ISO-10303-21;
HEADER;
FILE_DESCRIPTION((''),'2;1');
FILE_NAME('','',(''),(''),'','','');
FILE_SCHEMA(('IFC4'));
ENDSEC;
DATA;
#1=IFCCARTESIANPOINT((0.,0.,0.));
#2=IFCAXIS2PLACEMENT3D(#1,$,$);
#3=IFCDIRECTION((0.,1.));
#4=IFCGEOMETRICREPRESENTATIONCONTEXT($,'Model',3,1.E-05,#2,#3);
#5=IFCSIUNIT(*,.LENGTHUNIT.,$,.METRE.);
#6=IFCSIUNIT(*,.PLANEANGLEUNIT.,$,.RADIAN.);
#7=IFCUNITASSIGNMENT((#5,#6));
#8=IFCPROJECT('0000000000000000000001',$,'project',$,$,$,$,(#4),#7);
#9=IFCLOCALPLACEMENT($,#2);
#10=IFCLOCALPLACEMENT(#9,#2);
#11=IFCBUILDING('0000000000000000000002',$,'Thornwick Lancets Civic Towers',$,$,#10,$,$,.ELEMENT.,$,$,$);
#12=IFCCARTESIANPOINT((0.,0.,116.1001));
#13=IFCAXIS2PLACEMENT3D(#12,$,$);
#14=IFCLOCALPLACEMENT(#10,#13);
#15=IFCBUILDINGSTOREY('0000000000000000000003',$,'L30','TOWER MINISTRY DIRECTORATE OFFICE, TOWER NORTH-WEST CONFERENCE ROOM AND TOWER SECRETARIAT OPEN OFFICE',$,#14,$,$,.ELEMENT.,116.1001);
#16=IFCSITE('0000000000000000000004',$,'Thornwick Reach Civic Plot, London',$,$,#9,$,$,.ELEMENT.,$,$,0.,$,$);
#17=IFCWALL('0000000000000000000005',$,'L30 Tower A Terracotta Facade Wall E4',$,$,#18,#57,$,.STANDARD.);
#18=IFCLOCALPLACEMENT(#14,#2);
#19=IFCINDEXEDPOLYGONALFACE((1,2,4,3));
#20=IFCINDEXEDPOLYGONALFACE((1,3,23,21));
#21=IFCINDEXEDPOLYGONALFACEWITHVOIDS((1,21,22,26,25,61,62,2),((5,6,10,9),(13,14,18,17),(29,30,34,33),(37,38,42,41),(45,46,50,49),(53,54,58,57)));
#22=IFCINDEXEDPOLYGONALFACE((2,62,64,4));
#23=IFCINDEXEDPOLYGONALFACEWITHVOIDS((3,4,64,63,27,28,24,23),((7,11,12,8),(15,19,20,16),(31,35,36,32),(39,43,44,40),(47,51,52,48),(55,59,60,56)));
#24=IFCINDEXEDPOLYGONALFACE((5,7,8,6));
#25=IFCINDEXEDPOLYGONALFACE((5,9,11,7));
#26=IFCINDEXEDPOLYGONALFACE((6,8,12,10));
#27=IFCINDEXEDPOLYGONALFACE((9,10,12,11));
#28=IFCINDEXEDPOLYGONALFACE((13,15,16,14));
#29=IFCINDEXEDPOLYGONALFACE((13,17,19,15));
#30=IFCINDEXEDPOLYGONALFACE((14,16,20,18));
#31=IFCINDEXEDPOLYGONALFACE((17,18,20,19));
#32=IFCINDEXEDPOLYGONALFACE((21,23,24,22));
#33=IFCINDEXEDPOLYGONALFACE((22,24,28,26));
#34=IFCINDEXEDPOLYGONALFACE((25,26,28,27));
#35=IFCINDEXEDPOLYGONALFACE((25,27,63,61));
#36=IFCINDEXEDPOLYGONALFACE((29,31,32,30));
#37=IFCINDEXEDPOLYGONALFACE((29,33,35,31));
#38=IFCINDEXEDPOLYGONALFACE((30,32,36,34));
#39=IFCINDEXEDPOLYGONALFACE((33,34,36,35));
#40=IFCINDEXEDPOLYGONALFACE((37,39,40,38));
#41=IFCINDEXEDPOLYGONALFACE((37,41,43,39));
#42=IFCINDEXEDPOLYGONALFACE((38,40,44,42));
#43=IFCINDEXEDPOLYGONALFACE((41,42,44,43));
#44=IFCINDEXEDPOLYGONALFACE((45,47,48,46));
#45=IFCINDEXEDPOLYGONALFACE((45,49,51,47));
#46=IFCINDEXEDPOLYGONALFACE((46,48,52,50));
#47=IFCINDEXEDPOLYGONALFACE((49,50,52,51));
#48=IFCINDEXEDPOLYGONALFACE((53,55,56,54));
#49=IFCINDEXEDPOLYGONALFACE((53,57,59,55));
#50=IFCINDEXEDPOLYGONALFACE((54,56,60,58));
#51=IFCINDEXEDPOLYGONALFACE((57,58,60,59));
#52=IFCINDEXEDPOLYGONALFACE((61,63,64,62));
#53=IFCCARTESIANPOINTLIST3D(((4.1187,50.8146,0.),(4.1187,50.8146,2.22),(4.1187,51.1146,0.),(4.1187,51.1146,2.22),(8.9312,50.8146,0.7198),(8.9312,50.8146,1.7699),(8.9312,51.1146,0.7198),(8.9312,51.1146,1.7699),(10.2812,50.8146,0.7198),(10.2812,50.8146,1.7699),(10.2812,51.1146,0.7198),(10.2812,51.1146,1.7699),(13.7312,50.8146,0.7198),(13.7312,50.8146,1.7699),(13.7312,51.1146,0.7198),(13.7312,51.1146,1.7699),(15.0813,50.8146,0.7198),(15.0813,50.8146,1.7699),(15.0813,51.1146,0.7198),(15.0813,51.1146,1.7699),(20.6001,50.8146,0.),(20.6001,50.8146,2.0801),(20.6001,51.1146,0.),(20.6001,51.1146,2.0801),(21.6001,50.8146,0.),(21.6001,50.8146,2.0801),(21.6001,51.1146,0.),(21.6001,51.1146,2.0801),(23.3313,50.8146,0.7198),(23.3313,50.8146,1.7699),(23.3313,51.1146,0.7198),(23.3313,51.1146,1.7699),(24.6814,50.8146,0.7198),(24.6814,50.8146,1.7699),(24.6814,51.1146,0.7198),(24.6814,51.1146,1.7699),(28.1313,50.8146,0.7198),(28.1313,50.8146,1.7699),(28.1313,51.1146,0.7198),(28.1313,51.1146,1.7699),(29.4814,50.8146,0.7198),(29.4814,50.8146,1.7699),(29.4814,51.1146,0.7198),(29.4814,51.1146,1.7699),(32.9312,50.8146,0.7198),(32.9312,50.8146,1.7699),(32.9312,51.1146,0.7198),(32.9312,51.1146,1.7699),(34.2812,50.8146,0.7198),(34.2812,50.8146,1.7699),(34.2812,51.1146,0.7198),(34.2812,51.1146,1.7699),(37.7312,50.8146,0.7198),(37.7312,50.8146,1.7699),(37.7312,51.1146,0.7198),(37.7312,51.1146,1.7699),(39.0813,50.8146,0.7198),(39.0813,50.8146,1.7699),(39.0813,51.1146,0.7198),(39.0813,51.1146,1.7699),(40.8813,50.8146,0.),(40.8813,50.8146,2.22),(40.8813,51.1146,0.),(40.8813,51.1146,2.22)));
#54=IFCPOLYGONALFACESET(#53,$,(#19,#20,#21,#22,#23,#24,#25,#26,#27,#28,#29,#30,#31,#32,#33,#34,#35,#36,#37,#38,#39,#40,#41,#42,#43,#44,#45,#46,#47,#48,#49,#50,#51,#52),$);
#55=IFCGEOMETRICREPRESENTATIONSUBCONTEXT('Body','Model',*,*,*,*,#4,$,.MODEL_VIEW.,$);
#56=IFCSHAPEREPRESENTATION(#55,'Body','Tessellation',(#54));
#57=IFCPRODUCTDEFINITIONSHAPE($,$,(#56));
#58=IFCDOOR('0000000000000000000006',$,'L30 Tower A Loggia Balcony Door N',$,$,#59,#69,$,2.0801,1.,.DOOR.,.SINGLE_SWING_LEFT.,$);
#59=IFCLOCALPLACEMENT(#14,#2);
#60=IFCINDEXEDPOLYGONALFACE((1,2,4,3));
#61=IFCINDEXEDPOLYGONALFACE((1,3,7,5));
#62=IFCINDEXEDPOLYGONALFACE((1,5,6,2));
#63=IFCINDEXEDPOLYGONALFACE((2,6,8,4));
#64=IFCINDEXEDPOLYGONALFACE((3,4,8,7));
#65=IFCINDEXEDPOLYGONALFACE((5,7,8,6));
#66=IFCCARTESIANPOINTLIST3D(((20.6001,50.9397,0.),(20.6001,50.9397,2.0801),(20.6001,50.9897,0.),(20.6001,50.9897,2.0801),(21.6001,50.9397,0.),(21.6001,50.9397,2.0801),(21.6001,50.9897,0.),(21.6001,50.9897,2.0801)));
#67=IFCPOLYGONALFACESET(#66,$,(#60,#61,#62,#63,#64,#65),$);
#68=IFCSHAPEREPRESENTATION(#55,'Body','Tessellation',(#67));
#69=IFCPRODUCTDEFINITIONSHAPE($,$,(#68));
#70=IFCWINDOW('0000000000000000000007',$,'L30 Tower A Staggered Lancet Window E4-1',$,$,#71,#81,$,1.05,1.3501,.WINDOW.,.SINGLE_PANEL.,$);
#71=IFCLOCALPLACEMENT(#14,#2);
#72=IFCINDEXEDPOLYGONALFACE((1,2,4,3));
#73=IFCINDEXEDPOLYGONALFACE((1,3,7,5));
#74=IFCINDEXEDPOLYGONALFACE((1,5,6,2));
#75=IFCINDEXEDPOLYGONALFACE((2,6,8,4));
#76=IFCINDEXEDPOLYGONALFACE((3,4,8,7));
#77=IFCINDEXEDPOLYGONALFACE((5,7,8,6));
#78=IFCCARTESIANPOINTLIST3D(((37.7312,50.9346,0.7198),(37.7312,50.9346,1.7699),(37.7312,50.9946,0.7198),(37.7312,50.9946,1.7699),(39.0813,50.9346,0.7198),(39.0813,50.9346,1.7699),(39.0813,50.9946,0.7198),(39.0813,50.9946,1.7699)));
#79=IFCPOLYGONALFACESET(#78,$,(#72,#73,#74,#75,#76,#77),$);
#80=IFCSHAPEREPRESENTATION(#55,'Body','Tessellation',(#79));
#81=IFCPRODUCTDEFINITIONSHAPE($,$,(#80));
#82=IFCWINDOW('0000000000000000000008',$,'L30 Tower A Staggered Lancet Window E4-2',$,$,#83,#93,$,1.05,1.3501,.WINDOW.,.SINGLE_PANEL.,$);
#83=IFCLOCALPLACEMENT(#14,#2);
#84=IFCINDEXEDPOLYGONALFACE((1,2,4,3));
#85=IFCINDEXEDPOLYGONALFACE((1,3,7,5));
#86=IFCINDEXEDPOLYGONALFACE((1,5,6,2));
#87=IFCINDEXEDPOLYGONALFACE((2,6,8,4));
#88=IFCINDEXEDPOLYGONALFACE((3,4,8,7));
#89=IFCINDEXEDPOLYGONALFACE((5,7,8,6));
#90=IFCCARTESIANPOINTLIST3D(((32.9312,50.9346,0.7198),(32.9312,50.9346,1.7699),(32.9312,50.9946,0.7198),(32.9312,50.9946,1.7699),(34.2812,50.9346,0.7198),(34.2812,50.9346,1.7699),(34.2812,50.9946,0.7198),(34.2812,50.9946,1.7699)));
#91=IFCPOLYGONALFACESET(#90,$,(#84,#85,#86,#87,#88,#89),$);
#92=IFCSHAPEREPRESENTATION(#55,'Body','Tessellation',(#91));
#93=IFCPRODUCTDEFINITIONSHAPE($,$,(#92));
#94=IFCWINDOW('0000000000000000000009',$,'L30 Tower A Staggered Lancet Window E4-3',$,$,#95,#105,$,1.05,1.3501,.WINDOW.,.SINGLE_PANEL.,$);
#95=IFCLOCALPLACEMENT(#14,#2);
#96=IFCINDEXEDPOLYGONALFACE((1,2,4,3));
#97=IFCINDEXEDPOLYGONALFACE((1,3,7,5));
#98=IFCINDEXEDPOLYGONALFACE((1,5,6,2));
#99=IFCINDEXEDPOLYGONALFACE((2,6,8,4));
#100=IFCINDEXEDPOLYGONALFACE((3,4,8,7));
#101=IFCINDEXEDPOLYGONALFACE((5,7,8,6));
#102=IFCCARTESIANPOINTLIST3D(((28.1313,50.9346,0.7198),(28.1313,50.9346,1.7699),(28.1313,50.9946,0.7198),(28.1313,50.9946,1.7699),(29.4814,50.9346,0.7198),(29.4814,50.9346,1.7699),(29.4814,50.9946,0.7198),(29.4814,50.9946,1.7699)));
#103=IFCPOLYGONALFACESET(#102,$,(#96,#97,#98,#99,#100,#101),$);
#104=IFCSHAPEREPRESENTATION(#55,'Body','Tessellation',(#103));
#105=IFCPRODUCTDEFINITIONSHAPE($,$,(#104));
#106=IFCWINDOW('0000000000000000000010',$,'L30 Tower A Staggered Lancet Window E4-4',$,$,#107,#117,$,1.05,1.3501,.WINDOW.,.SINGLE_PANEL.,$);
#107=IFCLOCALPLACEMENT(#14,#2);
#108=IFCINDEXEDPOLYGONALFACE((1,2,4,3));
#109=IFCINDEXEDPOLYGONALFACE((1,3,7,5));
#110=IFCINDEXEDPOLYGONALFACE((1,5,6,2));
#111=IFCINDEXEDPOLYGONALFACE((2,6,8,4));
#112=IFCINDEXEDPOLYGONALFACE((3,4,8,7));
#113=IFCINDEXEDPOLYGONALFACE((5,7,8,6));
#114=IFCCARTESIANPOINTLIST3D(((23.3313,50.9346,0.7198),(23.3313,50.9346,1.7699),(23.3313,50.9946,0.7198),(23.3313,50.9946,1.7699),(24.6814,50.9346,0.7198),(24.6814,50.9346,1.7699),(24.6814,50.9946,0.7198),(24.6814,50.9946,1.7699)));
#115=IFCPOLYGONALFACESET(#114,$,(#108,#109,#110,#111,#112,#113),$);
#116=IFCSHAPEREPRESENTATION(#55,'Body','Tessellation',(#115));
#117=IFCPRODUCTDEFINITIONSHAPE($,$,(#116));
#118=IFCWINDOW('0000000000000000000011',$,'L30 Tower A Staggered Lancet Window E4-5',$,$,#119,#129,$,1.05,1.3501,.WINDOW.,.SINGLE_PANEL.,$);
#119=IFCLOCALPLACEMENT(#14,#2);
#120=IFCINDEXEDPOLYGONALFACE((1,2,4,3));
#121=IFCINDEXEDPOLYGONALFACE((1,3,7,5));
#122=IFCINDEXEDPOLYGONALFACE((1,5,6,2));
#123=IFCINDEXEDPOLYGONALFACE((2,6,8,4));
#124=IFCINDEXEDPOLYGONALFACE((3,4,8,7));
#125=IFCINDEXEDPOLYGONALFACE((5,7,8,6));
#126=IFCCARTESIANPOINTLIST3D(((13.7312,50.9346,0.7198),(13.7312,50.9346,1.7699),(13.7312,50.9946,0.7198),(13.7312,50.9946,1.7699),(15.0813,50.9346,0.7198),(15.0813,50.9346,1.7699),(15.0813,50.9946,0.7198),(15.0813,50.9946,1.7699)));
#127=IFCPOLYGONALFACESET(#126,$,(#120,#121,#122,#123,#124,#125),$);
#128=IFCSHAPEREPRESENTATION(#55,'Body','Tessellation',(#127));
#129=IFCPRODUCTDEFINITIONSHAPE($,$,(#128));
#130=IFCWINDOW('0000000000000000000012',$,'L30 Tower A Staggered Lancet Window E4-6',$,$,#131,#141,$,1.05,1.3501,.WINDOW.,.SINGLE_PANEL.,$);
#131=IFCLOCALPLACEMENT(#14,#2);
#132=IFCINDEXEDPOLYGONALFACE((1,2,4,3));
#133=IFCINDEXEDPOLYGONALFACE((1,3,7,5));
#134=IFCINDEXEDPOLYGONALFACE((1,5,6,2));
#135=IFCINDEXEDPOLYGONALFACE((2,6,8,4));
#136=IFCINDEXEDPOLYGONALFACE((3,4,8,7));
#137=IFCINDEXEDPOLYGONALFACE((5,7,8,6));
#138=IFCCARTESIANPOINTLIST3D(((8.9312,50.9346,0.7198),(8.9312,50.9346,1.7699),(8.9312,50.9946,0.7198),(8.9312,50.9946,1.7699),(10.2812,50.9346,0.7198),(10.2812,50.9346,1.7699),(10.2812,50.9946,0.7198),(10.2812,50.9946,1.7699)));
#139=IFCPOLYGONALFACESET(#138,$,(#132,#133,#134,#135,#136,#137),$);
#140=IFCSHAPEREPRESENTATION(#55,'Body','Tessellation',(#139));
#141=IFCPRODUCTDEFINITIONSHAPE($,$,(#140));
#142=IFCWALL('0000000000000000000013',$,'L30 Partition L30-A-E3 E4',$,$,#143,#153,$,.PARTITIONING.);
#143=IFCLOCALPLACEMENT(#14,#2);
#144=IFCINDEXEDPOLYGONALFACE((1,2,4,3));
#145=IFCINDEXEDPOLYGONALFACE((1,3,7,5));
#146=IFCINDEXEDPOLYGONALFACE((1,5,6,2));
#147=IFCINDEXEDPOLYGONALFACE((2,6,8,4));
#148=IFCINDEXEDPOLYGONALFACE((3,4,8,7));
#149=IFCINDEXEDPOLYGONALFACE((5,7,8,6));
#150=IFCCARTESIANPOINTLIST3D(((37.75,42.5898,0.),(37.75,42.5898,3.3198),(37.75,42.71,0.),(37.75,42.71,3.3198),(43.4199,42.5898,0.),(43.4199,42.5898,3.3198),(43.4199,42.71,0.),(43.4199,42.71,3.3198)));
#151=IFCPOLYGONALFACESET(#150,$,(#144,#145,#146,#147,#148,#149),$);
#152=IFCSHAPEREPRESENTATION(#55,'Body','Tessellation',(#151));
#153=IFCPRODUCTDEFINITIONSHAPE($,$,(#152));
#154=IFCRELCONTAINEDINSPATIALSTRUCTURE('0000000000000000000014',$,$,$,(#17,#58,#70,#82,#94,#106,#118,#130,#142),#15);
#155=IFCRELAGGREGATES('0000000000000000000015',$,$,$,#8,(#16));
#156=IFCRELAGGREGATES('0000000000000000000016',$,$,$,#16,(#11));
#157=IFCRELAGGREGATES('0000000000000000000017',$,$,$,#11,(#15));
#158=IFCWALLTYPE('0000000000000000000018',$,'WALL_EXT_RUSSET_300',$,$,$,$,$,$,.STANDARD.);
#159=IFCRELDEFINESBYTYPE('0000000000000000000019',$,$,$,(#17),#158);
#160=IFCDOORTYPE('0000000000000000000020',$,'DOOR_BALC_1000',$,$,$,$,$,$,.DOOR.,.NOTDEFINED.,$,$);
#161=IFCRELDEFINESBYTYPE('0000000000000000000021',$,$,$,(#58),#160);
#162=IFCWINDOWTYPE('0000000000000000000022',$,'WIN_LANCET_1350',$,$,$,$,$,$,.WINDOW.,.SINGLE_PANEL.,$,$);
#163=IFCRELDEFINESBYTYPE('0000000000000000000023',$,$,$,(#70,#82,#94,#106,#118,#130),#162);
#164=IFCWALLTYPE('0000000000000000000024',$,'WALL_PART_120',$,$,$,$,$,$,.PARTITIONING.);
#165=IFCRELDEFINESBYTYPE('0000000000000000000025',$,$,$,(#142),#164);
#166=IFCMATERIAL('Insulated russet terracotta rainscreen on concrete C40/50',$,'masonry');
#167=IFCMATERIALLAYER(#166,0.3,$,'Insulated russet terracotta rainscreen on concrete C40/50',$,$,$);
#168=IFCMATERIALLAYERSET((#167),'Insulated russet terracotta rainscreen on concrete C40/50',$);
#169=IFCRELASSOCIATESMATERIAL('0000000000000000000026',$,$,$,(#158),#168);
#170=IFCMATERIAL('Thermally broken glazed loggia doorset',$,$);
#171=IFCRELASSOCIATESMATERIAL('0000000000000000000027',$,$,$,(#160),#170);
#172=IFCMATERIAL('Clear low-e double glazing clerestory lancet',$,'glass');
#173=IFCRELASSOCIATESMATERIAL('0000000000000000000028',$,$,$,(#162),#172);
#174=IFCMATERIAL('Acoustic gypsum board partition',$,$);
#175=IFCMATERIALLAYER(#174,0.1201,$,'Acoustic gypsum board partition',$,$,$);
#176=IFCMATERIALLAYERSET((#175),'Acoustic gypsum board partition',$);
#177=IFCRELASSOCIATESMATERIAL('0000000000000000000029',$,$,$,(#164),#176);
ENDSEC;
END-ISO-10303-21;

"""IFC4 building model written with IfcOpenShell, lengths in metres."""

from ifc_helpers import new_model, si_unit, direction, frame, frame_2d, origin, place, context, subcontext, project, spatial, rectangle, extrude, material, layer, layer_set, type_object, element, fill, save


model = new_model("IFC4")

# Units and contexts
model_context = context("Model", 3, precision=1e-05, world=origin(), true_north=direction((0.0, 1.0)))
body_context = subcontext(model_context, "Body", "Model", "MODEL_VIEW")
ifc_project = project(units=[si_unit("LENGTHUNIT", "METRE"), si_unit("PLANEANGLEUNIT", "RADIAN")], contexts=[model_context])

# Site, building, storey
site_placement = place(None, origin())
site = spatial("IfcSite", under=ifc_project, at=site_placement, Name="Thornwick Reach Civic Plot, London", CompositionType="ELEMENT", RefElevation=0.0)
building_placement = place(site_placement, origin())
building = spatial("IfcBuilding", under=site, at=building_placement, Name="Thornwick Lancets Civic Towers", CompositionType="ELEMENT")
storey_placement = place(building_placement, frame((0.0, 0.0, 116.1001)))
storey = spatial("IfcBuildingStorey", under=building, at=storey_placement, Name="L30", Description="TOWER MINISTRY DIRECTORATE OFFICE, TOWER NORTH-WEST CONFERENCE ROOM AND TOWER SECRETARIAT OPEN OFFICE", CompositionType="ELEMENT", Elevation=116.1001)

# Wall, openings, door, windows
ifc_material_1 = material(Name="Insulated russet terracotta rainscreen on concrete C40/50", Category="masonry")
ifc_layer_1 = layer(ifc_material_1, 0.3, Name="Insulated russet terracotta rainscreen on concrete C40/50")
ifc_layer_set_1 = layer_set([ifc_layer_1], Name="Insulated russet terracotta rainscreen on concrete C40/50")
wall_type_1 = type_object("IfcWallType", Name="WALL_EXT_RUSSET_300", PredefinedType="STANDARD", material=ifc_layer_set_1)
wall_1_placement = place(storey_placement, frame((40.8813, 50.9646, 0.0), z_axis=(0.0, 0.0, 1.0), x_axis=(-1.0, 0.0, 0.0)))
wall_1 = element("IfcWall", 1, at=wall_1_placement, inside=storey, type_object=wall_type_1, Name="L30 Tower A Terracotta Facade Wall E4", PredefinedType="STANDARD", context=body_context, shape_type="SweptSolid", body=[
    extrude(rectangle(XDim=36.7627, YDim=0.3, at=frame_2d((18.3813, 0.0))), origin(), (0.0, 0.0, 1.0), 2.22),
])
opening_1_placement = place(wall_1_placement, frame((19.2812, 0.0, 0.0)))
opening_1 = element("IfcOpeningElement", 2, at=opening_1_placement, cuts=wall_1, PredefinedType="OPENING", context=body_context, shape_type="SweptSolid", body=[
    extrude(rectangle(XDim=1.0, YDim=2.0801, at=frame_2d((0.5, 1.04))), frame((0.0, 0.1602, 0.0), z_axis=(0.0, -1.0, 0.0), x_axis=(1.0, 0.0, 0.0)), (0.0, 0.0, 1.0), 0.3201),
])
opening_2_placement = place(wall_1_placement, frame((1.8, 0.0, 0.72)))
opening_2 = element("IfcOpeningElement", 3, at=opening_2_placement, cuts=wall_1, PredefinedType="OPENING", context=body_context, shape_type="SweptSolid", body=[
    extrude(rectangle(XDim=1.3501, YDim=1.05, at=frame_2d((0.675, 0.5249))), frame((0.0, 0.1602, 0.0), z_axis=(0.0, -1.0, 0.0), x_axis=(1.0, 0.0, 0.0)), (0.0, 0.0, 1.0), 0.3201),
])
opening_3_placement = place(wall_1_placement, frame((6.6001, 0.0, 0.72)))
opening_3 = element("IfcOpeningElement", 4, at=opening_3_placement, cuts=wall_1, PredefinedType="OPENING", context=body_context, shape_type="SweptSolid", body=[
    extrude(rectangle(XDim=1.3501, YDim=1.05, at=frame_2d((0.675, 0.5249))), frame((0.0, 0.1602, 0.0), z_axis=(0.0, -1.0, 0.0), x_axis=(1.0, 0.0, 0.0)), (0.0, 0.0, 1.0), 0.3201),
])
opening_4_placement = place(wall_1_placement, frame((11.3999, 0.0, 0.72)))
opening_4 = element("IfcOpeningElement", 5, at=opening_4_placement, cuts=wall_1, PredefinedType="OPENING", context=body_context, shape_type="SweptSolid", body=[
    extrude(rectangle(XDim=1.3501, YDim=1.05, at=frame_2d((0.675, 0.5249))), frame((0.0, 0.1602, 0.0), z_axis=(0.0, -1.0, 0.0), x_axis=(1.0, 0.0, 0.0)), (0.0, 0.0, 1.0), 0.3201),
])
opening_5_placement = place(wall_1_placement, frame((16.2, 0.0, 0.72)))
opening_5 = element("IfcOpeningElement", 6, at=opening_5_placement, cuts=wall_1, PredefinedType="OPENING", context=body_context, shape_type="SweptSolid", body=[
    extrude(rectangle(XDim=1.3501, YDim=1.05, at=frame_2d((0.675, 0.5249))), frame((0.0, 0.1602, 0.0), z_axis=(0.0, -1.0, 0.0), x_axis=(1.0, 0.0, 0.0)), (0.0, 0.0, 1.0), 0.3201),
])
opening_6_placement = place(wall_1_placement, frame((25.8, 0.0, 0.72)))
opening_6 = element("IfcOpeningElement", 7, at=opening_6_placement, cuts=wall_1, PredefinedType="OPENING", context=body_context, shape_type="SweptSolid", body=[
    extrude(rectangle(XDim=1.3501, YDim=1.05, at=frame_2d((0.675, 0.5249))), frame((0.0, 0.1602, 0.0), z_axis=(0.0, -1.0, 0.0), x_axis=(1.0, 0.0, 0.0)), (0.0, 0.0, 1.0), 0.3201),
])
opening_7_placement = place(wall_1_placement, frame((30.6001, 0.0, 0.72)))
opening_7 = element("IfcOpeningElement", 8, at=opening_7_placement, cuts=wall_1, PredefinedType="OPENING", context=body_context, shape_type="SweptSolid", body=[
    extrude(rectangle(XDim=1.3501, YDim=1.05, at=frame_2d((0.675, 0.5249))), frame((0.0, 0.1602, 0.0), z_axis=(0.0, -1.0, 0.0), x_axis=(1.0, 0.0, 0.0)), (0.0, 0.0, 1.0), 0.3201),
])
ifc_material_2 = material(Name="Thermally broken glazed loggia doorset")
door_type_1 = type_object("IfcDoorType", Name="DOOR_BALC_1000", OperationType="NOTDEFINED", PredefinedType="DOOR", material=ifc_material_2)
door_1_placement = place(opening_1_placement, origin())
door_1 = element("IfcDoor", 9, at=door_1_placement, inside=storey, type_object=door_type_1, Name="L30 Tower A Loggia Balcony Door N", OperationType="SINGLE_SWING_LEFT", OverallHeight=2.0801, OverallWidth=1.0, PredefinedType="DOOR", context=body_context, shape_type="SweptSolid", body=[
    extrude(rectangle(XDim=1.0, YDim=2.0801, at=frame_2d((0.5, 1.04))), frame((0.0, 0.0249, 0.0), z_axis=(0.0, -1.0, 0.0), x_axis=(1.0, 0.0, 0.0)), (0.0, 0.0, 1.0), 0.05),
])
fill(opening_1, door_1)
ifc_material_3 = material(Name="Clear low-e double glazing clerestory lancet", Category="glass")
window_type = type_object("IfcWindowType", Name="WIN_LANCET_1350", PartitioningType="SINGLE_PANEL", PredefinedType="WINDOW", material=ifc_material_3)
window_1_placement = place(opening_2_placement, origin())
window_1 = element("IfcWindow", 10, at=window_1_placement, inside=storey, type_object=window_type, Name="L30 Tower A Staggered Lancet Window E4-1", OverallHeight=1.05, OverallWidth=1.3501, PartitioningType="SINGLE_PANEL", PredefinedType="WINDOW", context=body_context, shape_type="SweptSolid", body=[
    extrude(rectangle(XDim=1.3501, YDim=1.05, at=frame_2d((0.675, 0.5249))), frame((0.0, 0.03, 0.0), z_axis=(0.0, -1.0, 0.0), x_axis=(1.0, 0.0, 0.0)), (0.0, 0.0, 1.0), 0.0601),
])
fill(opening_2, window_1)
window_2_placement = place(opening_3_placement, origin())
window_2 = element("IfcWindow", 11, at=window_2_placement, inside=storey, type_object=window_type, Name="L30 Tower A Staggered Lancet Window E4-2", OverallHeight=1.05, OverallWidth=1.3501, PartitioningType="SINGLE_PANEL", PredefinedType="WINDOW", context=body_context, shape_type="SweptSolid", body=[
    extrude(rectangle(XDim=1.3501, YDim=1.05, at=frame_2d((0.675, 0.5249))), frame((0.0, 0.03, 0.0), z_axis=(0.0, -1.0, 0.0), x_axis=(1.0, 0.0, 0.0)), (0.0, 0.0, 1.0), 0.0601),
])
fill(opening_3, window_2)
window_3_placement = place(opening_4_placement, origin())
window_3 = element("IfcWindow", 12, at=window_3_placement, inside=storey, type_object=window_type, Name="L30 Tower A Staggered Lancet Window E4-3", OverallHeight=1.05, OverallWidth=1.3501, PartitioningType="SINGLE_PANEL", PredefinedType="WINDOW", context=body_context, shape_type="SweptSolid", body=[
    extrude(rectangle(XDim=1.3501, YDim=1.05, at=frame_2d((0.675, 0.5249))), frame((0.0, 0.03, 0.0), z_axis=(0.0, -1.0, 0.0), x_axis=(1.0, 0.0, 0.0)), (0.0, 0.0, 1.0), 0.0601),
])
fill(opening_4, window_3)
window_4_placement = place(opening_5_placement, origin())
window_4 = element("IfcWindow", 13, at=window_4_placement, inside=storey, type_object=window_type, Name="L30 Tower A Staggered Lancet Window E4-4", OverallHeight=1.05, OverallWidth=1.3501, PartitioningType="SINGLE_PANEL", PredefinedType="WINDOW", context=body_context, shape_type="SweptSolid", body=[
    extrude(rectangle(XDim=1.3501, YDim=1.05, at=frame_2d((0.675, 0.5249))), frame((0.0, 0.03, 0.0), z_axis=(0.0, -1.0, 0.0), x_axis=(1.0, 0.0, 0.0)), (0.0, 0.0, 1.0), 0.0601),
])
fill(opening_5, window_4)
window_5_placement = place(opening_6_placement, origin())
window_5 = element("IfcWindow", 14, at=window_5_placement, inside=storey, type_object=window_type, Name="L30 Tower A Staggered Lancet Window E4-5", OverallHeight=1.05, OverallWidth=1.3501, PartitioningType="SINGLE_PANEL", PredefinedType="WINDOW", context=body_context, shape_type="SweptSolid", body=[
    extrude(rectangle(XDim=1.3501, YDim=1.05, at=frame_2d((0.675, 0.5249))), frame((0.0, 0.03, 0.0), z_axis=(0.0, -1.0, 0.0), x_axis=(1.0, 0.0, 0.0)), (0.0, 0.0, 1.0), 0.0601),
])
fill(opening_6, window_5)
window_6_placement = place(opening_7_placement, origin())
window_6 = element("IfcWindow", 15, at=window_6_placement, inside=storey, type_object=window_type, Name="L30 Tower A Staggered Lancet Window E4-6", OverallHeight=1.05, OverallWidth=1.3501, PartitioningType="SINGLE_PANEL", PredefinedType="WINDOW", context=body_context, shape_type="SweptSolid", body=[
    extrude(rectangle(XDim=1.3501, YDim=1.05, at=frame_2d((0.675, 0.5249))), frame((0.0, 0.03, 0.0), z_axis=(0.0, -1.0, 0.0), x_axis=(1.0, 0.0, 0.0)), (0.0, 0.0, 1.0), 0.0601),
])
fill(opening_7, window_6)

# Wall
ifc_material_4 = material(Name="Acoustic gypsum board partition")
ifc_layer_2 = layer(ifc_material_4, 0.1201, Name="Acoustic gypsum board partition")
ifc_layer_set_2 = layer_set([ifc_layer_2], Name="Acoustic gypsum board partition")
wall_type_2 = type_object("IfcWallType", Name="WALL_PART_120", PredefinedType="PARTITIONING", material=ifc_layer_set_2)
wall_2_placement = place(storey_placement, frame((37.75, 42.6499, 0.0), z_axis=(0.0, 0.0, 1.0), x_axis=(1.0, 0.0, 0.0)))
element("IfcWall", 16, at=wall_2_placement, inside=storey, type_object=wall_type_2, Name="L30 Partition L30-A-E3 E4", PredefinedType="PARTITIONING", context=body_context, shape_type="SweptSolid", body=[
    extrude(rectangle(XDim=5.6699, YDim=0.1201, at=frame_2d((2.835, 0.0))), origin(), (0.0, 0.0, 1.0), 3.3198),
])

save(model, "model.ifc")
